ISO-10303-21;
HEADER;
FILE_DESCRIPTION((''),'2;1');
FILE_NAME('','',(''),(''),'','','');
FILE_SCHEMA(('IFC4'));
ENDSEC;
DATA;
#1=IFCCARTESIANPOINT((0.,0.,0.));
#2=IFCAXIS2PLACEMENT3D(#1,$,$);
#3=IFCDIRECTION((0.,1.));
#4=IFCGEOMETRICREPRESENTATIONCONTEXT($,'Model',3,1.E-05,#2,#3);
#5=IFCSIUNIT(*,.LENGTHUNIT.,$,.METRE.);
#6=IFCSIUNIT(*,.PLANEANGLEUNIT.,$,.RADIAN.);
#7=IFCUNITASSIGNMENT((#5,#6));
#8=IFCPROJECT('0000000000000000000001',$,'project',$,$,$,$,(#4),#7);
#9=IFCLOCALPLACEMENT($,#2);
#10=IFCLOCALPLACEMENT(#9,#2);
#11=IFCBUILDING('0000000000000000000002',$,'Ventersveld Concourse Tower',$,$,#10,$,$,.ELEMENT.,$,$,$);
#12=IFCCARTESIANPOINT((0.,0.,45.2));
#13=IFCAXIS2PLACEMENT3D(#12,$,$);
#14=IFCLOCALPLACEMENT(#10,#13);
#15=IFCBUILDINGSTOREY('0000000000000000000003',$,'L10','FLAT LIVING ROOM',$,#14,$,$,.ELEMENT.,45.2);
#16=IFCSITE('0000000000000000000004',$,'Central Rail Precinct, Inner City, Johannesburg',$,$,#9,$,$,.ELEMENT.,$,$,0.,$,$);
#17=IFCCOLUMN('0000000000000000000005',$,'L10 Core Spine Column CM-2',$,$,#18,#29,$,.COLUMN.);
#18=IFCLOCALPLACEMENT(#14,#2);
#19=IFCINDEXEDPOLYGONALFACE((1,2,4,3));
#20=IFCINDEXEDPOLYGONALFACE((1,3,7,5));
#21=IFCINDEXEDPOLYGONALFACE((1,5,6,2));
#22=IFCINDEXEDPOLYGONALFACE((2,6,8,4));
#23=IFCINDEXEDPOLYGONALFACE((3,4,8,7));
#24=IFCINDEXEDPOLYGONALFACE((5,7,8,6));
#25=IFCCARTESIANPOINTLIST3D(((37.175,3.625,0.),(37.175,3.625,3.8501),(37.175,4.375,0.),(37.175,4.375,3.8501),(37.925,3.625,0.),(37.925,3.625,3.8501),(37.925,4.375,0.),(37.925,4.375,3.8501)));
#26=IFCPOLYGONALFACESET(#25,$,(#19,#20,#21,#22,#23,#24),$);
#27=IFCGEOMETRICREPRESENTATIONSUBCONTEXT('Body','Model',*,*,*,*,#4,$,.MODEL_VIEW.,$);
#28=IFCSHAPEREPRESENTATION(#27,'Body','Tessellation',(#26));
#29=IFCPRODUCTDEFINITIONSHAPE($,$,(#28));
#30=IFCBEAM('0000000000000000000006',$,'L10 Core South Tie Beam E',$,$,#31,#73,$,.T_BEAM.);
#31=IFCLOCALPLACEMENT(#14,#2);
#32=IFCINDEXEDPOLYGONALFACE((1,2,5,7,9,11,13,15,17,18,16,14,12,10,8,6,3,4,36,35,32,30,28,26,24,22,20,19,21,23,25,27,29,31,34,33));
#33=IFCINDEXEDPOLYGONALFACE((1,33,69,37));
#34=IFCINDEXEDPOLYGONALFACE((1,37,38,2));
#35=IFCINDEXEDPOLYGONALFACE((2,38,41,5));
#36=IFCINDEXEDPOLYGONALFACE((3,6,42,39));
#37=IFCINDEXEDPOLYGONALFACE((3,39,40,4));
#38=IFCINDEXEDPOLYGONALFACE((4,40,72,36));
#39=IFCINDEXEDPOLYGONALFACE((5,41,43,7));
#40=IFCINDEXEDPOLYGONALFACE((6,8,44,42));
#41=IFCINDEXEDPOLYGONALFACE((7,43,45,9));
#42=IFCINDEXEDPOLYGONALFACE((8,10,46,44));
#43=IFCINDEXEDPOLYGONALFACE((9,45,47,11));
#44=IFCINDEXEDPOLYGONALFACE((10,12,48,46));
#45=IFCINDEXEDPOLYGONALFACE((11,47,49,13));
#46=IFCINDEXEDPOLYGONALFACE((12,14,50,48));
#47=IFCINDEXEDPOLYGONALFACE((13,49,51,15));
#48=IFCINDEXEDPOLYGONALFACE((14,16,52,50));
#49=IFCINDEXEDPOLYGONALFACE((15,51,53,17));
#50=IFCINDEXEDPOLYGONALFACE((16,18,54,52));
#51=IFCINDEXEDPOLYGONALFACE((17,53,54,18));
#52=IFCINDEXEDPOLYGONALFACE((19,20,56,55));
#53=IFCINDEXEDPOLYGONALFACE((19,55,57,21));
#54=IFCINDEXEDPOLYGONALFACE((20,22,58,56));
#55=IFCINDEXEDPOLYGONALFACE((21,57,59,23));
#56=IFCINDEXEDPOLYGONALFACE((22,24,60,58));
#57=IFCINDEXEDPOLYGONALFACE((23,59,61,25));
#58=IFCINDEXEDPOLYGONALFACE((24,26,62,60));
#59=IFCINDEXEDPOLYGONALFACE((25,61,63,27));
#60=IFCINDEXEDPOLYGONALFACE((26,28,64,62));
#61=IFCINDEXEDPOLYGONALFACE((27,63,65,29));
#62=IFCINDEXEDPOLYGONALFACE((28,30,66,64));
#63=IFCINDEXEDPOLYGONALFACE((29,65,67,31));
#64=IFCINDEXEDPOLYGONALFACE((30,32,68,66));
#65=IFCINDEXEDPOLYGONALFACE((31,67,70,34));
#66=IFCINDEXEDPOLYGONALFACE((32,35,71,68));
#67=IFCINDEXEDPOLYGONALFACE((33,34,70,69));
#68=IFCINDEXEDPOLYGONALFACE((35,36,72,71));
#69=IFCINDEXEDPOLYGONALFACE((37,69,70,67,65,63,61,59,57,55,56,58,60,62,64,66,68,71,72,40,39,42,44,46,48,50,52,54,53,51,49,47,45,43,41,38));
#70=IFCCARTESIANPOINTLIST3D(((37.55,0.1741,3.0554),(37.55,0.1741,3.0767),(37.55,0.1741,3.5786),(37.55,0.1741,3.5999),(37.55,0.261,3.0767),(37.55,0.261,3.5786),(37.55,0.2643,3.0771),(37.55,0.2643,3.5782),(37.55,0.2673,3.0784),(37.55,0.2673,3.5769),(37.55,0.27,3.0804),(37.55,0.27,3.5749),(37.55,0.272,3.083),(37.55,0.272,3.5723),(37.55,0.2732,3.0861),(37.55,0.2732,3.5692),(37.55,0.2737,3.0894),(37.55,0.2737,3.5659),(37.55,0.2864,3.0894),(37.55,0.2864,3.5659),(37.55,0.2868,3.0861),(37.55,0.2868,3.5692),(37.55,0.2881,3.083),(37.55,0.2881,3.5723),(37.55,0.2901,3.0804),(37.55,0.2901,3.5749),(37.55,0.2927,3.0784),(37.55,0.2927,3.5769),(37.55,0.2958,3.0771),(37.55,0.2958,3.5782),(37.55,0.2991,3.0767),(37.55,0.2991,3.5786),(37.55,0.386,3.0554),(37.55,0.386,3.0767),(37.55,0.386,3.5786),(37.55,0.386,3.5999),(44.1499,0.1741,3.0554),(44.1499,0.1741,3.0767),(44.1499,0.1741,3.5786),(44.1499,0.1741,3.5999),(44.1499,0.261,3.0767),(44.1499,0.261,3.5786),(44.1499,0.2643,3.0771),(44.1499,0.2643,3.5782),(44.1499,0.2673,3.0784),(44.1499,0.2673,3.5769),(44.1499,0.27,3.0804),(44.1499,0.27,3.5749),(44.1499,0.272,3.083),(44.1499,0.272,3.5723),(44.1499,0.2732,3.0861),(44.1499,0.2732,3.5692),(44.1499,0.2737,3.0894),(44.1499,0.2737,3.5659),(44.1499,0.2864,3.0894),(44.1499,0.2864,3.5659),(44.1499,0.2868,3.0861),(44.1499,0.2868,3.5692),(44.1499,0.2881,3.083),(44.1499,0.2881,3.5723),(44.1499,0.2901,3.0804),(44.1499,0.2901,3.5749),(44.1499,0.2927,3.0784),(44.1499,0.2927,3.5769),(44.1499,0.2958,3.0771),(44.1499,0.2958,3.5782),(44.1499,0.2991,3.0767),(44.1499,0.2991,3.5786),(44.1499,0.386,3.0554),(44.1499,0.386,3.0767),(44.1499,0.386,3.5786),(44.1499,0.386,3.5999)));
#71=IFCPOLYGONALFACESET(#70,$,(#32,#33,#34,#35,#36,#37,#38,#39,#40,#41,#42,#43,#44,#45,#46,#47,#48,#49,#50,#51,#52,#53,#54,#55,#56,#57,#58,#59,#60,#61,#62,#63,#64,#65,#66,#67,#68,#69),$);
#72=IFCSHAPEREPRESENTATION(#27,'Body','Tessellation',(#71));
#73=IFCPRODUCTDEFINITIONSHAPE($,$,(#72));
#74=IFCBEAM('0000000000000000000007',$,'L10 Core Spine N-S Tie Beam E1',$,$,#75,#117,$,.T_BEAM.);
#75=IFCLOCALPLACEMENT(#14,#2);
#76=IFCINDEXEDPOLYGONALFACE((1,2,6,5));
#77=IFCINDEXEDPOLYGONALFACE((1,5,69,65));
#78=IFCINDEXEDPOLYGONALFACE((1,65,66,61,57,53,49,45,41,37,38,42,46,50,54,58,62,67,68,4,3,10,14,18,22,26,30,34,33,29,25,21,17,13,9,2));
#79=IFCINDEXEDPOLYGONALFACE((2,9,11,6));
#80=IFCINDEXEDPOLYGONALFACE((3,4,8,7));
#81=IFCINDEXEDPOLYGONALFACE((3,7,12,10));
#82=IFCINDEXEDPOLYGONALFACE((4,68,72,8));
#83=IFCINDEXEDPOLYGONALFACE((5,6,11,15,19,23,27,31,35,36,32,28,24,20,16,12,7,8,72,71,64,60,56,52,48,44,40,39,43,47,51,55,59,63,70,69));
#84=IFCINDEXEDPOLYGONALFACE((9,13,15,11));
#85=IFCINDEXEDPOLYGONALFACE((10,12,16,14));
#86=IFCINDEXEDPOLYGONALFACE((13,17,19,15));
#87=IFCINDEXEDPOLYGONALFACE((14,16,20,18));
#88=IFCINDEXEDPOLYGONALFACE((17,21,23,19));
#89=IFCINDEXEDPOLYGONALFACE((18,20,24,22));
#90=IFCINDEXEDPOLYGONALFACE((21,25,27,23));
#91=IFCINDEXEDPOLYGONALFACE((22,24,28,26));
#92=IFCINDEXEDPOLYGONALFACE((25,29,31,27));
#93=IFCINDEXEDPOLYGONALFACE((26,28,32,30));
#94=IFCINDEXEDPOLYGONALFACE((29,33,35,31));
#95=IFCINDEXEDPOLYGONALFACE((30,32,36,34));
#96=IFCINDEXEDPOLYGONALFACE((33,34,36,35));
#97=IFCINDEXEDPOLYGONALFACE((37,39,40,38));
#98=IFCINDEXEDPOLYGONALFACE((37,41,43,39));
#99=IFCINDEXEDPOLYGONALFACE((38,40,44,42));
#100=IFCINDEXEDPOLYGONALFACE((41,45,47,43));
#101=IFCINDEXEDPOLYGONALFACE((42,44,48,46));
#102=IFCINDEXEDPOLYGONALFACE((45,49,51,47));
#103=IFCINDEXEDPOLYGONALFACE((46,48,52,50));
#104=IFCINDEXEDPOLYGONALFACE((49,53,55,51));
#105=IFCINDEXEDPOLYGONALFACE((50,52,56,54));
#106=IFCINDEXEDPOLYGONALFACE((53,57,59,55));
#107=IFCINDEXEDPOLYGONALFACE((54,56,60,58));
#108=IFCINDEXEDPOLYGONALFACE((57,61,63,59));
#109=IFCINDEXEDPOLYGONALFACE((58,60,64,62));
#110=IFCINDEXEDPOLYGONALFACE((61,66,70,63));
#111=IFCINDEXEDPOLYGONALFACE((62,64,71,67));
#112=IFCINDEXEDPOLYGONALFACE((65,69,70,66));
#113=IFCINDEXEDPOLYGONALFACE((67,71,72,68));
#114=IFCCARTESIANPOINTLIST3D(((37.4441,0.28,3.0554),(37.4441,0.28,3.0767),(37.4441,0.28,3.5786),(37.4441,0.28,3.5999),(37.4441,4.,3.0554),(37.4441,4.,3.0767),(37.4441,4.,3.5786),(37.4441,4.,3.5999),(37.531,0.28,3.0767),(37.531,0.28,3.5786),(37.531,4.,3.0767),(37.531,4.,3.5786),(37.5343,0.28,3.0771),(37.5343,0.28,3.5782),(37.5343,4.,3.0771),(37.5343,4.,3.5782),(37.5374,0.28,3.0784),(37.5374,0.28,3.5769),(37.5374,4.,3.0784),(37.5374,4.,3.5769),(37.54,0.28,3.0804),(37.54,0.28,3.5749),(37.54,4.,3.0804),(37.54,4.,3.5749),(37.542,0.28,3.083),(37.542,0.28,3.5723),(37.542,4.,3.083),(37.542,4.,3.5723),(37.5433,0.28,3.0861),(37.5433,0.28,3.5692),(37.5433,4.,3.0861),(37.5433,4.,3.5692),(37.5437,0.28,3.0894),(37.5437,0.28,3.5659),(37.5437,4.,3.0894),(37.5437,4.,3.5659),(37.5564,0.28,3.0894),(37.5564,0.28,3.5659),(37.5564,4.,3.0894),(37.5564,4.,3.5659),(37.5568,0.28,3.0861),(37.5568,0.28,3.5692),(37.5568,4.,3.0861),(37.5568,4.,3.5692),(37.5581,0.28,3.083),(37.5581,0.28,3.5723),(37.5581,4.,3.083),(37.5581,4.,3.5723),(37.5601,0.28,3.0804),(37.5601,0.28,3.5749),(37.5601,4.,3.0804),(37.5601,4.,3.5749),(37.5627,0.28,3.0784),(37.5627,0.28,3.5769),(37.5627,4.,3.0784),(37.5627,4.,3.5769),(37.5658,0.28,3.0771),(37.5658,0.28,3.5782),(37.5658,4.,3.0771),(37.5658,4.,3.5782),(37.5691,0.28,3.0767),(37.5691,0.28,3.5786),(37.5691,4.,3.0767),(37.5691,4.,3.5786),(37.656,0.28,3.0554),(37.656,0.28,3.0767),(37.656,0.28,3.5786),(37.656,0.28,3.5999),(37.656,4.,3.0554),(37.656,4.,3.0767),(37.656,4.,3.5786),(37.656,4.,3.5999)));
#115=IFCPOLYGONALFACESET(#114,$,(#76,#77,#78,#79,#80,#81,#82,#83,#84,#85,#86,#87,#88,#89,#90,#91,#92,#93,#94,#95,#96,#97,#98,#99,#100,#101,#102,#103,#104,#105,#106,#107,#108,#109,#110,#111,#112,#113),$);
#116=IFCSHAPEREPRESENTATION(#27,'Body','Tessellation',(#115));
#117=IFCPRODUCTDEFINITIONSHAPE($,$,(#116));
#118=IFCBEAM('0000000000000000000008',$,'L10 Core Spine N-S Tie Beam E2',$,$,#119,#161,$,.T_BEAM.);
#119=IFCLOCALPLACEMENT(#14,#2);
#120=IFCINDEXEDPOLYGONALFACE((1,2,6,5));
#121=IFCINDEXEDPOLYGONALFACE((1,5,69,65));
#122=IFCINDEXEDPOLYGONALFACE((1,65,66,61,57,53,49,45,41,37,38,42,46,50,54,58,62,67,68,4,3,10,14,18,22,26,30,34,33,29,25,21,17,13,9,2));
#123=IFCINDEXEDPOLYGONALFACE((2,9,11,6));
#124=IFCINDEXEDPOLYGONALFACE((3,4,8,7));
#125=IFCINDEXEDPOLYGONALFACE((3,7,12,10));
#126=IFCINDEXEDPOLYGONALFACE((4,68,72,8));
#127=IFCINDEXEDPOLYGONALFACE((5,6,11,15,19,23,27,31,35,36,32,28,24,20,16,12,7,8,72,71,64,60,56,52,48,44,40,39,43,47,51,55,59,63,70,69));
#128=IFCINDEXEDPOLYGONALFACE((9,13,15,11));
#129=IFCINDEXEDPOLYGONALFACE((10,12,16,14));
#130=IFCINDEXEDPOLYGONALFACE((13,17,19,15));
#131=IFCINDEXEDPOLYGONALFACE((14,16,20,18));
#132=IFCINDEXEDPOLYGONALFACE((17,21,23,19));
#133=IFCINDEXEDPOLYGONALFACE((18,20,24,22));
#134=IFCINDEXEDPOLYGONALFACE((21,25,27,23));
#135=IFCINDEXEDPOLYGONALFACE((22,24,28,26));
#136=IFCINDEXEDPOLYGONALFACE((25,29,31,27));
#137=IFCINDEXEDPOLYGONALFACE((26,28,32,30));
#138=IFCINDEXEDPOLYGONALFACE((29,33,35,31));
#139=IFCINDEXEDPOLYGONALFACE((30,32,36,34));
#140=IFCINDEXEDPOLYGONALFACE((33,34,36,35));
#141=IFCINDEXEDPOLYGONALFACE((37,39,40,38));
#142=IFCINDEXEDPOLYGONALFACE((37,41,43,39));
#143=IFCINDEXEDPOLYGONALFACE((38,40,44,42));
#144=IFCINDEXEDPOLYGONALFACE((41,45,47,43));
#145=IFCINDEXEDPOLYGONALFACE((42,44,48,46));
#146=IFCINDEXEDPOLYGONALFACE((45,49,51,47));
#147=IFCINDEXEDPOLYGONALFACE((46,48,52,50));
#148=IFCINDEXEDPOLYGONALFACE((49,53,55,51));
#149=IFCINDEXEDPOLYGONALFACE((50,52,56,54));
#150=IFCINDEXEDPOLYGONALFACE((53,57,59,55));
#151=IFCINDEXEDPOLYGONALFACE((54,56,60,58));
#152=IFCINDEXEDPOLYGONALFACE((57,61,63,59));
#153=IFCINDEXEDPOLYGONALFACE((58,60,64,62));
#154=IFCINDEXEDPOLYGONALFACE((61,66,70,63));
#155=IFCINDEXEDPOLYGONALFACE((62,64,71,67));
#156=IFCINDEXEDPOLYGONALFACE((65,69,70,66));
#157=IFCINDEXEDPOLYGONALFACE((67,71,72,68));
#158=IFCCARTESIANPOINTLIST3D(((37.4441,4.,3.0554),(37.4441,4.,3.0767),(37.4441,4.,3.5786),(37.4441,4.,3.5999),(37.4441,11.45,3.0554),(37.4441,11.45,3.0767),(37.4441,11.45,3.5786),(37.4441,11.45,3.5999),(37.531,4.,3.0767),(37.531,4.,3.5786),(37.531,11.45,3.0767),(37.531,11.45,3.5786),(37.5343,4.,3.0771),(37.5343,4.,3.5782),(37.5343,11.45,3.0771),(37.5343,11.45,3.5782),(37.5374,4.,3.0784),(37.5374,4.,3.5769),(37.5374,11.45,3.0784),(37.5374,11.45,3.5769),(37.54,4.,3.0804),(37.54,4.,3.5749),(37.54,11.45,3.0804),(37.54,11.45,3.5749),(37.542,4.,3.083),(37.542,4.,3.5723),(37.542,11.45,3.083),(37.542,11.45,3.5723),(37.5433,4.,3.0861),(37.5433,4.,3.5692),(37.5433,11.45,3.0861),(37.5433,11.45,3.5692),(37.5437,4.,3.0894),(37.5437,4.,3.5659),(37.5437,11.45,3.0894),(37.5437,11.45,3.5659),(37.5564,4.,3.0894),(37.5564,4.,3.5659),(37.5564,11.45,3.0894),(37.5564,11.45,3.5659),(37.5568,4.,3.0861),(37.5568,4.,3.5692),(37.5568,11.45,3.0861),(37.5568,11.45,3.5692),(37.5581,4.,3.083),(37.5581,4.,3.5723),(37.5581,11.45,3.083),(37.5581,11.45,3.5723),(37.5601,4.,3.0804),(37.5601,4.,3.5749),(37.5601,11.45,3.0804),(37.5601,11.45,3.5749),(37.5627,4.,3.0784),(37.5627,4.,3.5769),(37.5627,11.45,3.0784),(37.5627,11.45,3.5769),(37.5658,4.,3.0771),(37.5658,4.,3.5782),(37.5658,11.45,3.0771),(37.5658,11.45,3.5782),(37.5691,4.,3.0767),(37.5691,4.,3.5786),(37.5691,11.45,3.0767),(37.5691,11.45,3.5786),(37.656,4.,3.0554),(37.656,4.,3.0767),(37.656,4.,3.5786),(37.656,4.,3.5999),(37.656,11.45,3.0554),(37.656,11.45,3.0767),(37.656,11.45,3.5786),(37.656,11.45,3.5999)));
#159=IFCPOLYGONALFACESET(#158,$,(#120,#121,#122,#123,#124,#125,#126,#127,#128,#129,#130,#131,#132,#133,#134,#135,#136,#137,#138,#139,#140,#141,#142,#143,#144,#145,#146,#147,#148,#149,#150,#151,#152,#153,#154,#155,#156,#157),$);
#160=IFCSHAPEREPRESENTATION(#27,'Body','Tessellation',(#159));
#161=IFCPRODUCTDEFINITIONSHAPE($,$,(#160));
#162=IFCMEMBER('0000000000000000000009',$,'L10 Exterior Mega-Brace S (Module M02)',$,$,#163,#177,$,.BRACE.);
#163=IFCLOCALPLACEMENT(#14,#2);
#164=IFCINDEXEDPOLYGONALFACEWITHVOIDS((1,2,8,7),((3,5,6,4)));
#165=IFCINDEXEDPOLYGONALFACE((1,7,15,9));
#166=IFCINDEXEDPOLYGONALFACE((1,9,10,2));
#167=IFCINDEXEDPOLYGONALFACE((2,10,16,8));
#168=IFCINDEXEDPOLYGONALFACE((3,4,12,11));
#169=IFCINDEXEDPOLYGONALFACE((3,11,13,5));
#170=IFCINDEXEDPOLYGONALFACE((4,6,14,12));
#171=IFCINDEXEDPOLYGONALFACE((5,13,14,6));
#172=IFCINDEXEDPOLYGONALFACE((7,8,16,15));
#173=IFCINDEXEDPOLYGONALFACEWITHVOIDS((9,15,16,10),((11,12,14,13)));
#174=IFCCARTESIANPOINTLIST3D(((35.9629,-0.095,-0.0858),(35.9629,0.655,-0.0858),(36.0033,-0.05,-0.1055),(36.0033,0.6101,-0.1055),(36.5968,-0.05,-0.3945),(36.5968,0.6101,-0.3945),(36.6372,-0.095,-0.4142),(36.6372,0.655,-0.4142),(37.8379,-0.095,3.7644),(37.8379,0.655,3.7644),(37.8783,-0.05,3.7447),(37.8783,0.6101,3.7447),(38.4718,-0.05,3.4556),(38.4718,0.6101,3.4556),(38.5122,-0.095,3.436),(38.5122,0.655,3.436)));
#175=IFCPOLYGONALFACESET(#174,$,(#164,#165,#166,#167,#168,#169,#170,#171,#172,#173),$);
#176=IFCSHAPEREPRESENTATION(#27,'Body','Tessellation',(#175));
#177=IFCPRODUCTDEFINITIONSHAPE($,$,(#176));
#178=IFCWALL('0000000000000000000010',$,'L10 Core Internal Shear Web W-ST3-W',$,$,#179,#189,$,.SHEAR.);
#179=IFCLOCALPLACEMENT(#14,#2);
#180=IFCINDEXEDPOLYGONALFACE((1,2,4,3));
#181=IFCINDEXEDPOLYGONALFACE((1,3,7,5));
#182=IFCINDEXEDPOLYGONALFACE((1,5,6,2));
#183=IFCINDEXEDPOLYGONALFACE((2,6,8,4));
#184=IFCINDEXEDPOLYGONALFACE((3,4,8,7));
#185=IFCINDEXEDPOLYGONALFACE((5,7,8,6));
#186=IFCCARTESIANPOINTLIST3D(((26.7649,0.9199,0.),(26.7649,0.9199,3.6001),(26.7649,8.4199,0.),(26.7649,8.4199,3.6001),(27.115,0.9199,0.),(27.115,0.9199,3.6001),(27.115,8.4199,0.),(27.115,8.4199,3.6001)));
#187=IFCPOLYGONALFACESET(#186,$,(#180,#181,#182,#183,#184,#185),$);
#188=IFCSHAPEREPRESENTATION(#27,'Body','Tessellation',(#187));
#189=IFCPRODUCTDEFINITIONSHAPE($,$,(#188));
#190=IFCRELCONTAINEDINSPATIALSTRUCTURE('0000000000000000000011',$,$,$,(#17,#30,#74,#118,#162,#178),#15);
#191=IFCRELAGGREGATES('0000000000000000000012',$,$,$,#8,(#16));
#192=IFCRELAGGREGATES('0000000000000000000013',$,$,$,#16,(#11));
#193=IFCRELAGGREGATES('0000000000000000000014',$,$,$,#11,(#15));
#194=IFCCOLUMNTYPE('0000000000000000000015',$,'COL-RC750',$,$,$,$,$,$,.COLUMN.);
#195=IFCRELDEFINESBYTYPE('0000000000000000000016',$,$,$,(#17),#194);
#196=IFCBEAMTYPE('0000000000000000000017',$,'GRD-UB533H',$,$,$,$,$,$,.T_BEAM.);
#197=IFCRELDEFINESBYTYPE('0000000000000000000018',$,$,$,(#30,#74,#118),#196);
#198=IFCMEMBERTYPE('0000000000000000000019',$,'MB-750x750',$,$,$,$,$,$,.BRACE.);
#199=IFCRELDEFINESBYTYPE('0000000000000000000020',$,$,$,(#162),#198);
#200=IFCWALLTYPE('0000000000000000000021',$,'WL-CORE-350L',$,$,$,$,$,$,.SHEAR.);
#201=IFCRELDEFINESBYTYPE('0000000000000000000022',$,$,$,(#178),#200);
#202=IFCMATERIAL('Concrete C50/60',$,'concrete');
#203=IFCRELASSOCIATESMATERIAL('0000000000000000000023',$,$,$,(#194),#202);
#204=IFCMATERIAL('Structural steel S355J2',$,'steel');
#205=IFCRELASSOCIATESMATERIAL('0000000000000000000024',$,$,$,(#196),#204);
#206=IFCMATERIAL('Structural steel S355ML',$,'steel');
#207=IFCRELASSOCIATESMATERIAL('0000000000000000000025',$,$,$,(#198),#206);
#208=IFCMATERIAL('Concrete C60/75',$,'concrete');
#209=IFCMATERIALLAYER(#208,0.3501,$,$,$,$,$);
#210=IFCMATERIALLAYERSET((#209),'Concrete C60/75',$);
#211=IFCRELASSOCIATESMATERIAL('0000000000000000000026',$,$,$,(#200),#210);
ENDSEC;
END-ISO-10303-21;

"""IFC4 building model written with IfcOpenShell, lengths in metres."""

from ifc_helpers import new_model, si_unit, direction, frame, frame_2d, origin, origin_2d, place, context, subcontext, project, spatial, rectangle, hollow_rectangle, i_section, extrude, material, layer, layer_set, material_profile, profile_set, type_object, element, save


model = new_model("IFC4")

# Units and contexts
model_context = context("Model", 3, precision=1e-05, world=origin(), true_north=direction((0.0, 1.0)))
body_context = subcontext(model_context, "Body", "Model", "MODEL_VIEW")
ifc_project = project(units=[si_unit("LENGTHUNIT", "METRE"), si_unit("PLANEANGLEUNIT", "RADIAN")], contexts=[model_context])

# Site, building, storey
site_placement = place(None, origin())
site = spatial("IfcSite", under=ifc_project, at=site_placement, Name="Central Rail Precinct, Inner City, Johannesburg", CompositionType="ELEMENT", RefElevation=0.0)
building_placement = place(site_placement, origin())
building = spatial("IfcBuilding", under=site, at=building_placement, Name="Ventersveld Concourse Tower", CompositionType="ELEMENT")
storey_placement = place(building_placement, frame((0.0, 0.0, 45.2)))
storey = spatial("IfcBuildingStorey", under=building, at=storey_placement, Name="L10", Description="FLAT LIVING ROOM", CompositionType="ELEMENT", Elevation=45.2)

# Column
ifc_material_1 = material(Name="Concrete C50/60", Category="concrete")
ifc_material_profile_1 = material_profile(ifc_material_1, rectangle(XDim=0.75, YDim=0.75, at=origin_2d()), Name="RC 750x750")
ifc_profile_set_1 = profile_set([ifc_material_profile_1], Name="Concrete C50/60")
column_type = type_object("IfcColumnType", Name="COL-RC750", PredefinedType="COLUMN", material=ifc_profile_set_1)
column_placement = place(storey_placement, frame((37.55, 4.0, 0.0), z_axis=(0.0, 0.0, 1.0), x_axis=(1.0, 0.0, 0.0)))
element("IfcColumn", 1, at=column_placement, inside=storey, type_object=column_type, Name="L10 Core Spine Column CM-2", PredefinedType="COLUMN", context=body_context, shape_type="SweptSolid", body=[
    extrude(rectangle(XDim=0.75, YDim=0.75, at=origin_2d()), origin(), (0.0, 0.0, 1.0), 3.8501),
])

# Beams
ifc_material_2 = material(Name="Structural steel S355J2", Category="steel")
ifc_material_profile_2 = material_profile(ifc_material_2, i_section(OverallWidth=0.2119, OverallDepth=0.5444, WebThickness=0.0127, FlangeThickness=0.0212, FilletRadius=0.0127, at=origin_2d()), Name="UB 533x210x122")
ifc_profile_set_2 = profile_set([ifc_material_profile_2], Name="Structural steel S355J2")
beam_type = type_object("IfcBeamType", Name="GRD-UB533H", PredefinedType="T_BEAM", material=ifc_profile_set_2)
beam_1_placement = place(storey_placement, frame((37.55, 0.28, 3.3276), z_axis=(1.0, 0.0, 0.0), x_axis=(0.0, 1.0, 0.0)))
element("IfcBeam", 2, at=beam_1_placement, inside=storey, type_object=beam_type, Name="L10 Core South Tie Beam E", PredefinedType="T_BEAM", context=body_context, shape_type="SweptSolid", body=[
    extrude(i_section(OverallWidth=0.2119, OverallDepth=0.5444, WebThickness=0.0127, FlangeThickness=0.0212, FilletRadius=0.0127, at=origin_2d()), origin(), (0.0, 0.0, 1.0), 6.5999),
])
beam_2_placement = place(storey_placement, frame((37.55, 0.28, 3.3276), z_axis=(0.0, 1.0, 0.0), x_axis=(-1.0, 0.0, 0.0)))
element("IfcBeam", 3, at=beam_2_placement, inside=storey, type_object=beam_type, Name="L10 Core Spine N-S Tie Beam E1", PredefinedType="T_BEAM", context=body_context, shape_type="SweptSolid", body=[
    extrude(i_section(OverallWidth=0.2119, OverallDepth=0.5444, WebThickness=0.0127, FlangeThickness=0.0212, FilletRadius=0.0127, at=origin_2d()), origin(), (0.0, 0.0, 1.0), 3.72),
])
beam_3_placement = place(storey_placement, frame((37.55, 4.0, 3.3276), z_axis=(0.0, 1.0, 0.0), x_axis=(-1.0, 0.0, 0.0)))
element("IfcBeam", 4, at=beam_3_placement, inside=storey, type_object=beam_type, Name="L10 Core Spine N-S Tie Beam E2", PredefinedType="T_BEAM", context=body_context, shape_type="SweptSolid", body=[
    extrude(i_section(OverallWidth=0.2119, OverallDepth=0.5444, WebThickness=0.0127, FlangeThickness=0.0212, FilletRadius=0.0127, at=origin_2d()), origin(), (0.0, 0.0, 1.0), 7.45),
])

# Member
ifc_material_3 = material(Name="Structural steel S355ML", Category="steel")
ifc_material_profile_3 = material_profile(ifc_material_3, hollow_rectangle(XDim=0.75, YDim=0.75, WallThickness=0.0449, at=origin_2d()), Name="BOX 750x750x45")
ifc_profile_set_3 = profile_set([ifc_material_profile_3], Name="Structural steel S355ML")
member_type = type_object("IfcMemberType", Name="MB-750x750", PredefinedType="BRACE", material=ifc_profile_set_3)
member_placement = place(storey_placement, frame((36.3, 0.28, -0.25), z_axis=(0.437839, 0.0, 0.899053), x_axis=(0.0, 1.0, 0.0)))
element("IfcMember", 5, at=member_placement, inside=storey, type_object=member_type, Name="L10 Exterior Mega-Brace S (Module M02)", PredefinedType="BRACE", context=body_context, shape_type="SweptSolid", body=[
    extrude(hollow_rectangle(XDim=0.75, YDim=0.75, WallThickness=0.0449, at=origin_2d()), origin(), (0.0, 0.0, 1.0), 4.2825),
])

# Wall
ifc_material_4 = material(Name="Concrete C60/75", Category="concrete")
ifc_layer_1 = layer(ifc_material_4, 0.3501)
ifc_layer_set_1 = layer_set([ifc_layer_1], Name="Concrete C60/75")
wall_type_1 = type_object("IfcWallType", Name="WL-CORE-350L", PredefinedType="SHEAR", material=ifc_layer_set_1)
for number, where, z_axis, x_axis, name in (
    (6, (26.9399, 0.9199, 0.0), (0.0, 0.0, 1.0), (0.0, 1.0, 0.0), "L10 Core Internal Shear Web W-ST3-W"),
):
    element("IfcWall", number, at=place(storey_placement, frame(where, z_axis=z_axis, x_axis=x_axis)), inside=storey, type_object=wall_type_1, Name=name, PredefinedType="SHEAR", context=body_context, shape_type="SweptSolid", body=[
        extrude(rectangle(XDim=7.5, YDim=0.3501, at=frame_2d((3.75, 0.0))), origin(), (0.0, 0.0, 1.0), 3.6001),
    ])

save(model, "model.ifc")
